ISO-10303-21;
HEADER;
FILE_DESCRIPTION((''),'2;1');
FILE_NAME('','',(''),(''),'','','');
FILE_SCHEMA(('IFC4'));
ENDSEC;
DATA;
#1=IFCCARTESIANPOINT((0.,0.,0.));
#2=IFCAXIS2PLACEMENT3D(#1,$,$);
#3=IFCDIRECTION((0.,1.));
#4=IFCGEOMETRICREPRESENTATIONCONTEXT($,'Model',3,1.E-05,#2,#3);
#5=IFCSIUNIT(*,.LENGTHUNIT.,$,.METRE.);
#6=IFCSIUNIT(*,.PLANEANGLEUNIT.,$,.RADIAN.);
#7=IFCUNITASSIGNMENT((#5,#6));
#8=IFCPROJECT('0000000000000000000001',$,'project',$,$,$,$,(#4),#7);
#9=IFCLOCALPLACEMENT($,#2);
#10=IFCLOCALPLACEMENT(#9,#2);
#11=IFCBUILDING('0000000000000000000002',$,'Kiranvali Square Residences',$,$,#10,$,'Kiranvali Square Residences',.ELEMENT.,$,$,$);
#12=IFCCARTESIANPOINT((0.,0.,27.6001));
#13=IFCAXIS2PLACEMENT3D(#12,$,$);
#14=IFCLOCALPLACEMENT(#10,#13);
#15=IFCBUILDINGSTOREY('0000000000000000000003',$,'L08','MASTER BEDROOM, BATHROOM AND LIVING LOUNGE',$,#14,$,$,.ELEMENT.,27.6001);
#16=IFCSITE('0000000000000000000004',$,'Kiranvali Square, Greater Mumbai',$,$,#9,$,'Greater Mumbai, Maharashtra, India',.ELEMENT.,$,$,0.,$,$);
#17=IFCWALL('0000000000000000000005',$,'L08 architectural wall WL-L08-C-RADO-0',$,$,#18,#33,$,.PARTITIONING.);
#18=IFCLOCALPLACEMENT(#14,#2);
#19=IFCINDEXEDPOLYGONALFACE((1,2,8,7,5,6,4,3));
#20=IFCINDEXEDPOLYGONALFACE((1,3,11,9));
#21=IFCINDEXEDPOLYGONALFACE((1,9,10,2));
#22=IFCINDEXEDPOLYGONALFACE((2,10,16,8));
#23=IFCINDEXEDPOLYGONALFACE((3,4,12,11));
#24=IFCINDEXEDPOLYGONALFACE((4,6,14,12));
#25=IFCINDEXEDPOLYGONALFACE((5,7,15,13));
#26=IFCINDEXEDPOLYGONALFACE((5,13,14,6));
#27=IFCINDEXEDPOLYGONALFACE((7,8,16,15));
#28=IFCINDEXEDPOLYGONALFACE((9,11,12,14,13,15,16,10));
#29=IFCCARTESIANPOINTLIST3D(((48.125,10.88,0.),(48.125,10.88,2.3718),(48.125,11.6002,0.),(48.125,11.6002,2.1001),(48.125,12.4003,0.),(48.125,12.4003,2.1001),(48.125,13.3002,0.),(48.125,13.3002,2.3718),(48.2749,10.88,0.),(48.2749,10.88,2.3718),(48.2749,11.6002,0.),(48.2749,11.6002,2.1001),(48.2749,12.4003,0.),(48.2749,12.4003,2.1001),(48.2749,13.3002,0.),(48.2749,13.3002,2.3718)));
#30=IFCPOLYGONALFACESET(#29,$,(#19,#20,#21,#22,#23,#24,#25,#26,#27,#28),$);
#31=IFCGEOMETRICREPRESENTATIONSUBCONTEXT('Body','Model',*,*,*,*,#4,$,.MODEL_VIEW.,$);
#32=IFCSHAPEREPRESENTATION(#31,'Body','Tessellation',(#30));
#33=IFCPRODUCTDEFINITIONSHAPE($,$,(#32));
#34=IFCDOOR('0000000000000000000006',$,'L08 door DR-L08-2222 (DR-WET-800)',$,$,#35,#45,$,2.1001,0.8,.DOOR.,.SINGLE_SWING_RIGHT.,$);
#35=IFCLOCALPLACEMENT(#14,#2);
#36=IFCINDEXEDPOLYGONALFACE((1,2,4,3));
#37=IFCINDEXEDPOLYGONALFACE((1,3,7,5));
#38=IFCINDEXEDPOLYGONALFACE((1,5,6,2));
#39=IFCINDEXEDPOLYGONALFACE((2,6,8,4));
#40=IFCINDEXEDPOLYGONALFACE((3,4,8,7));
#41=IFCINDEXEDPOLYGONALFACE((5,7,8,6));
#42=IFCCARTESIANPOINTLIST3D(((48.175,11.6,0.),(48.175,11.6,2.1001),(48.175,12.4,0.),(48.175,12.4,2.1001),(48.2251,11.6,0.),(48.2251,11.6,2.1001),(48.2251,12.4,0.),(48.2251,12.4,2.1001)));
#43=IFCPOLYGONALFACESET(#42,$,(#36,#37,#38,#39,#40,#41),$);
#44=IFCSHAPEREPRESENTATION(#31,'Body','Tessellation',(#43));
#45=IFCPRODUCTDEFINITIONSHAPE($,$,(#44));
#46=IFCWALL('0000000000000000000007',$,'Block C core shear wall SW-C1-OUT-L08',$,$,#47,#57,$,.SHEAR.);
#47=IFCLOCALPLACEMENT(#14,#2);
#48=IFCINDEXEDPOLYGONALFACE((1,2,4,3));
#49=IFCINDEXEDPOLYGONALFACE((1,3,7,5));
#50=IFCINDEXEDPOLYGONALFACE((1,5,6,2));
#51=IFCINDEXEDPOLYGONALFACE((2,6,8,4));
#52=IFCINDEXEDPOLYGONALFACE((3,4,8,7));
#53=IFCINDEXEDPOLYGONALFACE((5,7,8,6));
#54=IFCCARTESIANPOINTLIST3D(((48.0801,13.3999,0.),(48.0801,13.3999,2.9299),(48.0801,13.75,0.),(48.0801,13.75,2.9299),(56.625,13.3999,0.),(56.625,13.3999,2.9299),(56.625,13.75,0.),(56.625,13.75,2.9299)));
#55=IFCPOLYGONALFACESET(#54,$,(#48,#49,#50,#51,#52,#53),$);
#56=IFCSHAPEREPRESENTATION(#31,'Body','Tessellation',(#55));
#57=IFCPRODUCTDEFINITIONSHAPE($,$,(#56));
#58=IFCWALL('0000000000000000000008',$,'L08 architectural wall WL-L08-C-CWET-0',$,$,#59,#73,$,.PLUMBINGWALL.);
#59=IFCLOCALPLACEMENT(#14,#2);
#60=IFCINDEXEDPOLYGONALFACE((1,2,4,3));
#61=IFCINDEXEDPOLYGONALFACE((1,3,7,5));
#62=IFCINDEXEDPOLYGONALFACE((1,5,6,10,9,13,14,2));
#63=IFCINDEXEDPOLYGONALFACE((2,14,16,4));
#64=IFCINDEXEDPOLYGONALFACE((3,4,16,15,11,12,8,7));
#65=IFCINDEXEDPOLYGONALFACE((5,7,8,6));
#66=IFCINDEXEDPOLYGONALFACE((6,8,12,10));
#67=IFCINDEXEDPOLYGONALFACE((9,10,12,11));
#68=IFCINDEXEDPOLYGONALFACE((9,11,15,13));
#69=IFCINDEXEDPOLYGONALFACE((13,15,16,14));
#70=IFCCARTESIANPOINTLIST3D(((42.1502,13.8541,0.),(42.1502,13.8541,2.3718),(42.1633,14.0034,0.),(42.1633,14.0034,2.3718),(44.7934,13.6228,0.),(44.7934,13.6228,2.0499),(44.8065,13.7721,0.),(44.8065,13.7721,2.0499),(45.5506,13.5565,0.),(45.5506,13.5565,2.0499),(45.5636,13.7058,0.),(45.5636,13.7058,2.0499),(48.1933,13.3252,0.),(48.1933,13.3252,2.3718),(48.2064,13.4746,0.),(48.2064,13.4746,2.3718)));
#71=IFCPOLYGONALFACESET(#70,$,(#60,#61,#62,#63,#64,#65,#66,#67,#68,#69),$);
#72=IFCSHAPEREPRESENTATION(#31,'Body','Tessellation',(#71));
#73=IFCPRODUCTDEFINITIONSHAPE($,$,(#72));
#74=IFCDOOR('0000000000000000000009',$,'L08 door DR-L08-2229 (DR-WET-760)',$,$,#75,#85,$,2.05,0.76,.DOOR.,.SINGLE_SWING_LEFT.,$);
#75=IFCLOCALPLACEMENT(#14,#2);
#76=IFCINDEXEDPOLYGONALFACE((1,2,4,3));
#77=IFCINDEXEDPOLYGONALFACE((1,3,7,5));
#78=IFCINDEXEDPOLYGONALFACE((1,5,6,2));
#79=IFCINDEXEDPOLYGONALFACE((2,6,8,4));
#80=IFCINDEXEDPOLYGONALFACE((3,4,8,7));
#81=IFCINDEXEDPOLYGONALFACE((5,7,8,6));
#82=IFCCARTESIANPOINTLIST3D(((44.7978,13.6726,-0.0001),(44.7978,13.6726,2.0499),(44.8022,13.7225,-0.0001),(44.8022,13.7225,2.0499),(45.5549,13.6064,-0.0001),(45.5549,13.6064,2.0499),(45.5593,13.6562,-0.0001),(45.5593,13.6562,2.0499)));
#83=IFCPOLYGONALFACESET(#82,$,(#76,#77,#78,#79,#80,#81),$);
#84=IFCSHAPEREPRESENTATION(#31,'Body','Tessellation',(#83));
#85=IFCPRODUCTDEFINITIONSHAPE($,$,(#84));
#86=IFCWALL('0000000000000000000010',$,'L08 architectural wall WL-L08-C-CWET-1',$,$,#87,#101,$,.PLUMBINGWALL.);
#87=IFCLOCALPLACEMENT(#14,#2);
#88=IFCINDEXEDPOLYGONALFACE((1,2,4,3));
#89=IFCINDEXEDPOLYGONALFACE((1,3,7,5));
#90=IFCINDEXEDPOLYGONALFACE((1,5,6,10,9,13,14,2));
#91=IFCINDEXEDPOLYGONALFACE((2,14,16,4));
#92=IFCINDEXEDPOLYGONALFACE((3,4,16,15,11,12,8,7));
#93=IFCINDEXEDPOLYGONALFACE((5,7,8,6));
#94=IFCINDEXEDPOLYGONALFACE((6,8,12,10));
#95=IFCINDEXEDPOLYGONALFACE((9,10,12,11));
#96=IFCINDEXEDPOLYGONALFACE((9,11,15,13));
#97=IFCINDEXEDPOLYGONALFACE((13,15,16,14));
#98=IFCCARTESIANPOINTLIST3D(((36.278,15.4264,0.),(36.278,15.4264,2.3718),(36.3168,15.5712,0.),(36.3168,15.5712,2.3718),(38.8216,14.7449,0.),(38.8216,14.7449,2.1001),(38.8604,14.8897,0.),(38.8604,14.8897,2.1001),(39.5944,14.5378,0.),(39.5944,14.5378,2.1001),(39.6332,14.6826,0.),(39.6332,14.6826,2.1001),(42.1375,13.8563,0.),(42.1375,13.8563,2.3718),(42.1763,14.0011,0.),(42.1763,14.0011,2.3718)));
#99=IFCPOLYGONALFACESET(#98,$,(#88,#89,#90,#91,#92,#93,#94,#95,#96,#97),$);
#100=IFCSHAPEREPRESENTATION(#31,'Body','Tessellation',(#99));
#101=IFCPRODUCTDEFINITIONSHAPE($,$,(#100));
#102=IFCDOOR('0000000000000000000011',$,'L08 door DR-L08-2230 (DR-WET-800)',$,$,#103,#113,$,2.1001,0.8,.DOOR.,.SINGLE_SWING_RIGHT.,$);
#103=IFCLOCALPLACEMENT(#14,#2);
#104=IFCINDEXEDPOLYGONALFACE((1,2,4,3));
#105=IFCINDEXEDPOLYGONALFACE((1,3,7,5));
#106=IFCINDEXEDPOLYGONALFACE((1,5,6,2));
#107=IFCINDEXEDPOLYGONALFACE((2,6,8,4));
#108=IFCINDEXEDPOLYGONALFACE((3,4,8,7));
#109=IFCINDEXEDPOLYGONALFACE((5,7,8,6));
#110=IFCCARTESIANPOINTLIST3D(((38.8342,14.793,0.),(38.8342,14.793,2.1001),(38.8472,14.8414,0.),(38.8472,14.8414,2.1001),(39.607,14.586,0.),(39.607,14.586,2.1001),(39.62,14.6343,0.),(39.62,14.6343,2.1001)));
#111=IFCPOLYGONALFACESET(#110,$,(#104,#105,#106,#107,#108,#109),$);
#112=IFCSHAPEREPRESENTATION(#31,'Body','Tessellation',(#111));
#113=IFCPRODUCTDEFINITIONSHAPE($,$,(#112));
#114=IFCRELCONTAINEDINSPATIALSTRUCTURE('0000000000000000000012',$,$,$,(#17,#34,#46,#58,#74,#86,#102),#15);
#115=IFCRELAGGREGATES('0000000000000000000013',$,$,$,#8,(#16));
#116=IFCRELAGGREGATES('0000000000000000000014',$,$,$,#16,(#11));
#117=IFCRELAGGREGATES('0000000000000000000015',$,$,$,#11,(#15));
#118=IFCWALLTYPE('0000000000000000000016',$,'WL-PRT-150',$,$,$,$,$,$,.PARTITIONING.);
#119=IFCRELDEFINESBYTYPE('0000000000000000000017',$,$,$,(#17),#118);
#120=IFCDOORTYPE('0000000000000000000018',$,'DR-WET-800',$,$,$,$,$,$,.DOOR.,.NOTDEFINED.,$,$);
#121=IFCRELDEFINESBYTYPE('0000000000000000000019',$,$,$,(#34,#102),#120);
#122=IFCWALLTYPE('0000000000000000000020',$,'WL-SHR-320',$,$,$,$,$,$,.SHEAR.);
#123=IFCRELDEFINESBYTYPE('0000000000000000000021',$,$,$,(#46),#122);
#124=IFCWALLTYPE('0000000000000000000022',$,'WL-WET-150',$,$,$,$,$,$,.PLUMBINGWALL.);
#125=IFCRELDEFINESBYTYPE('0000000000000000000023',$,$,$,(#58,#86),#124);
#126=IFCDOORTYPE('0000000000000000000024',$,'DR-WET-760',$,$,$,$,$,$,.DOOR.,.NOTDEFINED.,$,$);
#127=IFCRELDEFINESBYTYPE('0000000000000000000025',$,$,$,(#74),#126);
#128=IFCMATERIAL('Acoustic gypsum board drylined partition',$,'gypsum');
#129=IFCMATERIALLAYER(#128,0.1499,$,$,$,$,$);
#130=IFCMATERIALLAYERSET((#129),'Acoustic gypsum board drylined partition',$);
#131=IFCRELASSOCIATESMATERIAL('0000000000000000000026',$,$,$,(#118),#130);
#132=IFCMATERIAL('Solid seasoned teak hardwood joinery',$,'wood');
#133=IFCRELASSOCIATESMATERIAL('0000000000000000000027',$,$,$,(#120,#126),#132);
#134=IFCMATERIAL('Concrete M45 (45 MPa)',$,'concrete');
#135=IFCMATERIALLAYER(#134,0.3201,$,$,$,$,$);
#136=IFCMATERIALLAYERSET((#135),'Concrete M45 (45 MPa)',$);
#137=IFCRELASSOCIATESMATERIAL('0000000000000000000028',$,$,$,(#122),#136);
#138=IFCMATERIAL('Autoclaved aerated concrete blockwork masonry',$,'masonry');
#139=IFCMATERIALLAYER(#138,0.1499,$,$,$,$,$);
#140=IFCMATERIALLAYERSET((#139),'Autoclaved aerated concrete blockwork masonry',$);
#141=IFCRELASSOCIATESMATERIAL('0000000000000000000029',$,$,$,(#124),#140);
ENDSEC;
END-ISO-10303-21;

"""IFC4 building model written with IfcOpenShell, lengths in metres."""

from ifc_helpers import new_model, si_unit, direction, frame, frame_2d, origin, place, context, subcontext, project, spatial, rectangle, extrude, material, layer, layer_set, type_object, element, fill, save


model = new_model("IFC4")

# Units and contexts
model_context = context("Model", 3, precision=1e-05, world=origin(), true_north=direction((0.0, 1.0)))
body_context = subcontext(model_context, "Body", "Model", "MODEL_VIEW")
ifc_project = project(units=[si_unit("LENGTHUNIT", "METRE"), si_unit("PLANEANGLEUNIT", "RADIAN")], contexts=[model_context])

# Site, building, storey
site_placement = place(None, origin())
site = spatial("IfcSite", under=ifc_project, at=site_placement, Name="Kiranvali Square, Greater Mumbai", LongName="Greater Mumbai, Maharashtra, India", CompositionType="ELEMENT", RefElevation=0.0)
building_placement = place(site_placement, origin())
building = spatial("IfcBuilding", under=site, at=building_placement, Name="Kiranvali Square Residences", LongName="Kiranvali Square Residences", CompositionType="ELEMENT")
storey_placement = place(building_placement, frame((0.0, 0.0, 27.6001)))
storey = spatial("IfcBuildingStorey", under=building, at=storey_placement, Name="L08", Description="MASTER BEDROOM, BATHROOM AND LIVING LOUNGE", CompositionType="ELEMENT", Elevation=27.6001)

# Shared definitions
ifc_material_1 = material(Name="Concrete M45 (45 MPa)", Category="concrete")

# Wall, opening, door
ifc_material_2 = material(Name="Acoustic gypsum board drylined partition", Category="gypsum")
ifc_layer_1 = layer(ifc_material_2, 0.1499)
ifc_layer_set_1 = layer_set([ifc_layer_1], Name="Acoustic gypsum board drylined partition")
wall_type_1 = type_object("IfcWallType", Name="WL-PRT-150", PredefinedType="PARTITIONING", material=ifc_layer_set_1)
wall_1_placement = place(storey_placement, frame((48.2, 13.3, 0.0), z_axis=(0.0, 0.0, 1.0), x_axis=(0.0, -1.0, 0.0)))
wall_1 = element("IfcWall", 1, at=wall_1_placement, inside=storey, type_object=wall_type_1, Name="L08 architectural wall WL-L08-C-RADO-0", PredefinedType="PARTITIONING", context=body_context, shape_type="SweptSolid", body=[
    extrude(rectangle(XDim=2.4202, YDim=0.1499, at=frame_2d((1.21, 0.0))), origin(), (0.0, 0.0, 1.0), 2.3718),
])
opening_1_placement = place(wall_1_placement, frame((0.8999, 0.0, 0.0)))
opening_1 = element("IfcOpeningElement", 2, at=opening_1_placement, cuts=wall_1, PredefinedType="OPENING", context=body_context, shape_type="SweptSolid", body=[
    extrude(rectangle(XDim=0.8, YDim=2.1001, at=frame_2d((0.3999, 1.05))), frame((0.0, 0.085, 0.0), z_axis=(0.0, -1.0, 0.0), x_axis=(1.0, 0.0, 0.0)), (0.0, 0.0, 1.0), 0.1699),
])
ifc_material_3 = material(Name="Solid seasoned teak hardwood joinery", Category="wood")
door_type_1 = type_object("IfcDoorType", Name="DR-WET-800", OperationType="NOTDEFINED", PredefinedType="DOOR", material=ifc_material_3)
door_1_placement = place(opening_1_placement, frame((0.8, 0.0, 0.0), z_axis=(0.0, 0.0, 1.0), x_axis=(-1.0, 0.0, 0.0)))
door_1 = element("IfcDoor", 3, at=door_1_placement, inside=storey, type_object=door_type_1, Name="L08 door DR-L08-2222 (DR-WET-800)", OperationType="SINGLE_SWING_RIGHT", OverallHeight=2.1001, OverallWidth=0.8, PredefinedType="DOOR", context=body_context, shape_type="SweptSolid", body=[
    extrude(rectangle(XDim=0.8, YDim=2.1001, at=frame_2d((0.3999, 1.05))), frame((0.0, 0.0249, 0.0), z_axis=(0.0, -1.0, 0.0), x_axis=(1.0, 0.0, 0.0)), (0.0, 0.0, 1.0), 0.05),
])
fill(opening_1, door_1)

# Wall
ifc_layer_2 = layer(ifc_material_1, 0.3201)
ifc_layer_set_2 = layer_set([ifc_layer_2], Name="Concrete M45 (45 MPa)")
wall_type_2 = type_object("IfcWallType", Name="WL-SHR-320", PredefinedType="SHEAR", material=ifc_layer_set_2)
wall_2_placement = place(storey_placement, frame((48.0801, 13.575, 0.0), z_axis=(0.0, 0.0, 1.0), x_axis=(1.0, 0.0, 0.0)))
element("IfcWall", 4, at=wall_2_placement, inside=storey, type_object=wall_type_2, Name="Block C core shear wall SW-C1-OUT-L08", PredefinedType="SHEAR", context=body_context, shape_type="SweptSolid", body=[
    extrude(rectangle(XDim=8.5449, YDim=0.3501, at=frame_2d((4.2725, 0.0))), origin(), (0.0, 0.0, 1.0), 2.9299),
])

# Walls, openings, doors
ifc_material_4 = material(Name="Autoclaved aerated concrete blockwork masonry", Category="masonry")
ifc_layer_3 = layer(ifc_material_4, 0.1499)
ifc_layer_set_3 = layer_set([ifc_layer_3], Name="Autoclaved aerated concrete blockwork masonry")
wall_type_3 = type_object("IfcWallType", Name="WL-WET-150", PredefinedType="PLUMBINGWALL", material=ifc_layer_set_3)
wall_3_placement = place(storey_placement, frame((48.2, 13.3999, 0.0), z_axis=(0.0, 0.0, 1.0), x_axis=(-0.996193, 0.087175, 0.0)))
wall_3 = element("IfcWall", 5, at=wall_3_placement, inside=storey, type_object=wall_type_3, Name="L08 architectural wall WL-L08-C-CWET-0", PredefinedType="PLUMBINGWALL", context=body_context, shape_type="SweptSolid", body=[
    extrude(rectangle(XDim=6.0662, YDim=0.1499, at=frame_2d((3.0332, 0.0))), origin(), (0.0, 0.0, 1.0), 2.3718),
])
opening_2_placement = place(wall_3_placement, frame((2.6531, 0.0, 0.0)))
opening_2 = element("IfcOpeningElement", 6, at=opening_2_placement, cuts=wall_3, PredefinedType="OPENING", context=body_context, shape_type="SweptSolid", body=[
    extrude(rectangle(XDim=0.76, YDim=2.05, at=frame_2d((0.3799, 1.0249))), frame((0.0, 0.085, 0.0), z_axis=(0.0, -1.0, 0.0), x_axis=(1.0, 0.0, 0.0)), (0.0, 0.0, 1.0), 0.1699),
])
door_type_2 = type_object("IfcDoorType", Name="DR-WET-760", OperationType="NOTDEFINED", PredefinedType="DOOR", material=ifc_material_3)
door_2_placement = place(opening_2_placement, origin())
door_2 = element("IfcDoor", 7, at=door_2_placement, inside=storey, type_object=door_type_2, Name="L08 door DR-L08-2229 (DR-WET-760)", OperationType="SINGLE_SWING_LEFT", OverallHeight=2.05, OverallWidth=0.76, PredefinedType="DOOR", context=body_context, shape_type="SweptSolid", body=[
    extrude(rectangle(XDim=0.76, YDim=2.05, at=frame_2d((0.3799, 1.0249))), frame((0.0, 0.0249, 0.0), z_axis=(0.0, -1.0, 0.0), x_axis=(1.0, 0.0, 0.0)), (0.0, 0.0, 1.0), 0.05),
])
fill(opening_2, door_2)
wall_4_placement = place(storey_placement, frame((42.157, 13.9287, 0.0), z_axis=(0.0, 0.0, 1.0), x_axis=(-0.965924, 0.258827, 0.0)))
wall_4 = element("IfcWall", 8, at=wall_4_placement, inside=storey, type_object=wall_type_3, Name="L08 architectural wall WL-L08-C-CWET-1", PredefinedType="PLUMBINGWALL", context=body_context, shape_type="SweptSolid", body=[
    extrude(rectangle(XDim=6.0662, YDim=0.1499, at=frame_2d((3.0332, 0.0))), origin(), (0.0, 0.0, 1.0), 2.3718),
])
opening_3_placement = place(wall_4_placement, frame((2.6331, 0.0, 0.0)))
opening_3 = element("IfcOpeningElement", 9, at=opening_3_placement, cuts=wall_4, PredefinedType="OPENING", context=body_context, shape_type="SweptSolid", body=[
    extrude(rectangle(XDim=0.8, YDim=2.1001, at=frame_2d((0.3999, 1.05))), frame((0.0, 0.085, 0.0), z_axis=(0.0, -1.0, 0.0), x_axis=(1.0, 0.0, 0.0)), (0.0, 0.0, 1.0), 0.1699),
])
door_3_placement = place(opening_3_placement, frame((0.8, 0.0, 0.0), z_axis=(0.0, 0.0, 1.0), x_axis=(-1.0, 0.0, 0.0)))
door_3 = element("IfcDoor", 10, at=door_3_placement, inside=storey, type_object=door_type_1, Name="L08 door DR-L08-2230 (DR-WET-800)", OperationType="SINGLE_SWING_RIGHT", OverallHeight=2.1001, OverallWidth=0.8, PredefinedType="DOOR", context=body_context, shape_type="SweptSolid", body=[
    extrude(rectangle(XDim=0.8, YDim=2.1001, at=frame_2d((0.3999, 1.05))), frame((0.0, 0.0249, 0.0), z_axis=(0.0, -1.0, 0.0), x_axis=(1.0, 0.0, 0.0)), (0.0, 0.0, 1.0), 0.05),
])
fill(opening_3, door_3)

save(model, "model.ifc")
